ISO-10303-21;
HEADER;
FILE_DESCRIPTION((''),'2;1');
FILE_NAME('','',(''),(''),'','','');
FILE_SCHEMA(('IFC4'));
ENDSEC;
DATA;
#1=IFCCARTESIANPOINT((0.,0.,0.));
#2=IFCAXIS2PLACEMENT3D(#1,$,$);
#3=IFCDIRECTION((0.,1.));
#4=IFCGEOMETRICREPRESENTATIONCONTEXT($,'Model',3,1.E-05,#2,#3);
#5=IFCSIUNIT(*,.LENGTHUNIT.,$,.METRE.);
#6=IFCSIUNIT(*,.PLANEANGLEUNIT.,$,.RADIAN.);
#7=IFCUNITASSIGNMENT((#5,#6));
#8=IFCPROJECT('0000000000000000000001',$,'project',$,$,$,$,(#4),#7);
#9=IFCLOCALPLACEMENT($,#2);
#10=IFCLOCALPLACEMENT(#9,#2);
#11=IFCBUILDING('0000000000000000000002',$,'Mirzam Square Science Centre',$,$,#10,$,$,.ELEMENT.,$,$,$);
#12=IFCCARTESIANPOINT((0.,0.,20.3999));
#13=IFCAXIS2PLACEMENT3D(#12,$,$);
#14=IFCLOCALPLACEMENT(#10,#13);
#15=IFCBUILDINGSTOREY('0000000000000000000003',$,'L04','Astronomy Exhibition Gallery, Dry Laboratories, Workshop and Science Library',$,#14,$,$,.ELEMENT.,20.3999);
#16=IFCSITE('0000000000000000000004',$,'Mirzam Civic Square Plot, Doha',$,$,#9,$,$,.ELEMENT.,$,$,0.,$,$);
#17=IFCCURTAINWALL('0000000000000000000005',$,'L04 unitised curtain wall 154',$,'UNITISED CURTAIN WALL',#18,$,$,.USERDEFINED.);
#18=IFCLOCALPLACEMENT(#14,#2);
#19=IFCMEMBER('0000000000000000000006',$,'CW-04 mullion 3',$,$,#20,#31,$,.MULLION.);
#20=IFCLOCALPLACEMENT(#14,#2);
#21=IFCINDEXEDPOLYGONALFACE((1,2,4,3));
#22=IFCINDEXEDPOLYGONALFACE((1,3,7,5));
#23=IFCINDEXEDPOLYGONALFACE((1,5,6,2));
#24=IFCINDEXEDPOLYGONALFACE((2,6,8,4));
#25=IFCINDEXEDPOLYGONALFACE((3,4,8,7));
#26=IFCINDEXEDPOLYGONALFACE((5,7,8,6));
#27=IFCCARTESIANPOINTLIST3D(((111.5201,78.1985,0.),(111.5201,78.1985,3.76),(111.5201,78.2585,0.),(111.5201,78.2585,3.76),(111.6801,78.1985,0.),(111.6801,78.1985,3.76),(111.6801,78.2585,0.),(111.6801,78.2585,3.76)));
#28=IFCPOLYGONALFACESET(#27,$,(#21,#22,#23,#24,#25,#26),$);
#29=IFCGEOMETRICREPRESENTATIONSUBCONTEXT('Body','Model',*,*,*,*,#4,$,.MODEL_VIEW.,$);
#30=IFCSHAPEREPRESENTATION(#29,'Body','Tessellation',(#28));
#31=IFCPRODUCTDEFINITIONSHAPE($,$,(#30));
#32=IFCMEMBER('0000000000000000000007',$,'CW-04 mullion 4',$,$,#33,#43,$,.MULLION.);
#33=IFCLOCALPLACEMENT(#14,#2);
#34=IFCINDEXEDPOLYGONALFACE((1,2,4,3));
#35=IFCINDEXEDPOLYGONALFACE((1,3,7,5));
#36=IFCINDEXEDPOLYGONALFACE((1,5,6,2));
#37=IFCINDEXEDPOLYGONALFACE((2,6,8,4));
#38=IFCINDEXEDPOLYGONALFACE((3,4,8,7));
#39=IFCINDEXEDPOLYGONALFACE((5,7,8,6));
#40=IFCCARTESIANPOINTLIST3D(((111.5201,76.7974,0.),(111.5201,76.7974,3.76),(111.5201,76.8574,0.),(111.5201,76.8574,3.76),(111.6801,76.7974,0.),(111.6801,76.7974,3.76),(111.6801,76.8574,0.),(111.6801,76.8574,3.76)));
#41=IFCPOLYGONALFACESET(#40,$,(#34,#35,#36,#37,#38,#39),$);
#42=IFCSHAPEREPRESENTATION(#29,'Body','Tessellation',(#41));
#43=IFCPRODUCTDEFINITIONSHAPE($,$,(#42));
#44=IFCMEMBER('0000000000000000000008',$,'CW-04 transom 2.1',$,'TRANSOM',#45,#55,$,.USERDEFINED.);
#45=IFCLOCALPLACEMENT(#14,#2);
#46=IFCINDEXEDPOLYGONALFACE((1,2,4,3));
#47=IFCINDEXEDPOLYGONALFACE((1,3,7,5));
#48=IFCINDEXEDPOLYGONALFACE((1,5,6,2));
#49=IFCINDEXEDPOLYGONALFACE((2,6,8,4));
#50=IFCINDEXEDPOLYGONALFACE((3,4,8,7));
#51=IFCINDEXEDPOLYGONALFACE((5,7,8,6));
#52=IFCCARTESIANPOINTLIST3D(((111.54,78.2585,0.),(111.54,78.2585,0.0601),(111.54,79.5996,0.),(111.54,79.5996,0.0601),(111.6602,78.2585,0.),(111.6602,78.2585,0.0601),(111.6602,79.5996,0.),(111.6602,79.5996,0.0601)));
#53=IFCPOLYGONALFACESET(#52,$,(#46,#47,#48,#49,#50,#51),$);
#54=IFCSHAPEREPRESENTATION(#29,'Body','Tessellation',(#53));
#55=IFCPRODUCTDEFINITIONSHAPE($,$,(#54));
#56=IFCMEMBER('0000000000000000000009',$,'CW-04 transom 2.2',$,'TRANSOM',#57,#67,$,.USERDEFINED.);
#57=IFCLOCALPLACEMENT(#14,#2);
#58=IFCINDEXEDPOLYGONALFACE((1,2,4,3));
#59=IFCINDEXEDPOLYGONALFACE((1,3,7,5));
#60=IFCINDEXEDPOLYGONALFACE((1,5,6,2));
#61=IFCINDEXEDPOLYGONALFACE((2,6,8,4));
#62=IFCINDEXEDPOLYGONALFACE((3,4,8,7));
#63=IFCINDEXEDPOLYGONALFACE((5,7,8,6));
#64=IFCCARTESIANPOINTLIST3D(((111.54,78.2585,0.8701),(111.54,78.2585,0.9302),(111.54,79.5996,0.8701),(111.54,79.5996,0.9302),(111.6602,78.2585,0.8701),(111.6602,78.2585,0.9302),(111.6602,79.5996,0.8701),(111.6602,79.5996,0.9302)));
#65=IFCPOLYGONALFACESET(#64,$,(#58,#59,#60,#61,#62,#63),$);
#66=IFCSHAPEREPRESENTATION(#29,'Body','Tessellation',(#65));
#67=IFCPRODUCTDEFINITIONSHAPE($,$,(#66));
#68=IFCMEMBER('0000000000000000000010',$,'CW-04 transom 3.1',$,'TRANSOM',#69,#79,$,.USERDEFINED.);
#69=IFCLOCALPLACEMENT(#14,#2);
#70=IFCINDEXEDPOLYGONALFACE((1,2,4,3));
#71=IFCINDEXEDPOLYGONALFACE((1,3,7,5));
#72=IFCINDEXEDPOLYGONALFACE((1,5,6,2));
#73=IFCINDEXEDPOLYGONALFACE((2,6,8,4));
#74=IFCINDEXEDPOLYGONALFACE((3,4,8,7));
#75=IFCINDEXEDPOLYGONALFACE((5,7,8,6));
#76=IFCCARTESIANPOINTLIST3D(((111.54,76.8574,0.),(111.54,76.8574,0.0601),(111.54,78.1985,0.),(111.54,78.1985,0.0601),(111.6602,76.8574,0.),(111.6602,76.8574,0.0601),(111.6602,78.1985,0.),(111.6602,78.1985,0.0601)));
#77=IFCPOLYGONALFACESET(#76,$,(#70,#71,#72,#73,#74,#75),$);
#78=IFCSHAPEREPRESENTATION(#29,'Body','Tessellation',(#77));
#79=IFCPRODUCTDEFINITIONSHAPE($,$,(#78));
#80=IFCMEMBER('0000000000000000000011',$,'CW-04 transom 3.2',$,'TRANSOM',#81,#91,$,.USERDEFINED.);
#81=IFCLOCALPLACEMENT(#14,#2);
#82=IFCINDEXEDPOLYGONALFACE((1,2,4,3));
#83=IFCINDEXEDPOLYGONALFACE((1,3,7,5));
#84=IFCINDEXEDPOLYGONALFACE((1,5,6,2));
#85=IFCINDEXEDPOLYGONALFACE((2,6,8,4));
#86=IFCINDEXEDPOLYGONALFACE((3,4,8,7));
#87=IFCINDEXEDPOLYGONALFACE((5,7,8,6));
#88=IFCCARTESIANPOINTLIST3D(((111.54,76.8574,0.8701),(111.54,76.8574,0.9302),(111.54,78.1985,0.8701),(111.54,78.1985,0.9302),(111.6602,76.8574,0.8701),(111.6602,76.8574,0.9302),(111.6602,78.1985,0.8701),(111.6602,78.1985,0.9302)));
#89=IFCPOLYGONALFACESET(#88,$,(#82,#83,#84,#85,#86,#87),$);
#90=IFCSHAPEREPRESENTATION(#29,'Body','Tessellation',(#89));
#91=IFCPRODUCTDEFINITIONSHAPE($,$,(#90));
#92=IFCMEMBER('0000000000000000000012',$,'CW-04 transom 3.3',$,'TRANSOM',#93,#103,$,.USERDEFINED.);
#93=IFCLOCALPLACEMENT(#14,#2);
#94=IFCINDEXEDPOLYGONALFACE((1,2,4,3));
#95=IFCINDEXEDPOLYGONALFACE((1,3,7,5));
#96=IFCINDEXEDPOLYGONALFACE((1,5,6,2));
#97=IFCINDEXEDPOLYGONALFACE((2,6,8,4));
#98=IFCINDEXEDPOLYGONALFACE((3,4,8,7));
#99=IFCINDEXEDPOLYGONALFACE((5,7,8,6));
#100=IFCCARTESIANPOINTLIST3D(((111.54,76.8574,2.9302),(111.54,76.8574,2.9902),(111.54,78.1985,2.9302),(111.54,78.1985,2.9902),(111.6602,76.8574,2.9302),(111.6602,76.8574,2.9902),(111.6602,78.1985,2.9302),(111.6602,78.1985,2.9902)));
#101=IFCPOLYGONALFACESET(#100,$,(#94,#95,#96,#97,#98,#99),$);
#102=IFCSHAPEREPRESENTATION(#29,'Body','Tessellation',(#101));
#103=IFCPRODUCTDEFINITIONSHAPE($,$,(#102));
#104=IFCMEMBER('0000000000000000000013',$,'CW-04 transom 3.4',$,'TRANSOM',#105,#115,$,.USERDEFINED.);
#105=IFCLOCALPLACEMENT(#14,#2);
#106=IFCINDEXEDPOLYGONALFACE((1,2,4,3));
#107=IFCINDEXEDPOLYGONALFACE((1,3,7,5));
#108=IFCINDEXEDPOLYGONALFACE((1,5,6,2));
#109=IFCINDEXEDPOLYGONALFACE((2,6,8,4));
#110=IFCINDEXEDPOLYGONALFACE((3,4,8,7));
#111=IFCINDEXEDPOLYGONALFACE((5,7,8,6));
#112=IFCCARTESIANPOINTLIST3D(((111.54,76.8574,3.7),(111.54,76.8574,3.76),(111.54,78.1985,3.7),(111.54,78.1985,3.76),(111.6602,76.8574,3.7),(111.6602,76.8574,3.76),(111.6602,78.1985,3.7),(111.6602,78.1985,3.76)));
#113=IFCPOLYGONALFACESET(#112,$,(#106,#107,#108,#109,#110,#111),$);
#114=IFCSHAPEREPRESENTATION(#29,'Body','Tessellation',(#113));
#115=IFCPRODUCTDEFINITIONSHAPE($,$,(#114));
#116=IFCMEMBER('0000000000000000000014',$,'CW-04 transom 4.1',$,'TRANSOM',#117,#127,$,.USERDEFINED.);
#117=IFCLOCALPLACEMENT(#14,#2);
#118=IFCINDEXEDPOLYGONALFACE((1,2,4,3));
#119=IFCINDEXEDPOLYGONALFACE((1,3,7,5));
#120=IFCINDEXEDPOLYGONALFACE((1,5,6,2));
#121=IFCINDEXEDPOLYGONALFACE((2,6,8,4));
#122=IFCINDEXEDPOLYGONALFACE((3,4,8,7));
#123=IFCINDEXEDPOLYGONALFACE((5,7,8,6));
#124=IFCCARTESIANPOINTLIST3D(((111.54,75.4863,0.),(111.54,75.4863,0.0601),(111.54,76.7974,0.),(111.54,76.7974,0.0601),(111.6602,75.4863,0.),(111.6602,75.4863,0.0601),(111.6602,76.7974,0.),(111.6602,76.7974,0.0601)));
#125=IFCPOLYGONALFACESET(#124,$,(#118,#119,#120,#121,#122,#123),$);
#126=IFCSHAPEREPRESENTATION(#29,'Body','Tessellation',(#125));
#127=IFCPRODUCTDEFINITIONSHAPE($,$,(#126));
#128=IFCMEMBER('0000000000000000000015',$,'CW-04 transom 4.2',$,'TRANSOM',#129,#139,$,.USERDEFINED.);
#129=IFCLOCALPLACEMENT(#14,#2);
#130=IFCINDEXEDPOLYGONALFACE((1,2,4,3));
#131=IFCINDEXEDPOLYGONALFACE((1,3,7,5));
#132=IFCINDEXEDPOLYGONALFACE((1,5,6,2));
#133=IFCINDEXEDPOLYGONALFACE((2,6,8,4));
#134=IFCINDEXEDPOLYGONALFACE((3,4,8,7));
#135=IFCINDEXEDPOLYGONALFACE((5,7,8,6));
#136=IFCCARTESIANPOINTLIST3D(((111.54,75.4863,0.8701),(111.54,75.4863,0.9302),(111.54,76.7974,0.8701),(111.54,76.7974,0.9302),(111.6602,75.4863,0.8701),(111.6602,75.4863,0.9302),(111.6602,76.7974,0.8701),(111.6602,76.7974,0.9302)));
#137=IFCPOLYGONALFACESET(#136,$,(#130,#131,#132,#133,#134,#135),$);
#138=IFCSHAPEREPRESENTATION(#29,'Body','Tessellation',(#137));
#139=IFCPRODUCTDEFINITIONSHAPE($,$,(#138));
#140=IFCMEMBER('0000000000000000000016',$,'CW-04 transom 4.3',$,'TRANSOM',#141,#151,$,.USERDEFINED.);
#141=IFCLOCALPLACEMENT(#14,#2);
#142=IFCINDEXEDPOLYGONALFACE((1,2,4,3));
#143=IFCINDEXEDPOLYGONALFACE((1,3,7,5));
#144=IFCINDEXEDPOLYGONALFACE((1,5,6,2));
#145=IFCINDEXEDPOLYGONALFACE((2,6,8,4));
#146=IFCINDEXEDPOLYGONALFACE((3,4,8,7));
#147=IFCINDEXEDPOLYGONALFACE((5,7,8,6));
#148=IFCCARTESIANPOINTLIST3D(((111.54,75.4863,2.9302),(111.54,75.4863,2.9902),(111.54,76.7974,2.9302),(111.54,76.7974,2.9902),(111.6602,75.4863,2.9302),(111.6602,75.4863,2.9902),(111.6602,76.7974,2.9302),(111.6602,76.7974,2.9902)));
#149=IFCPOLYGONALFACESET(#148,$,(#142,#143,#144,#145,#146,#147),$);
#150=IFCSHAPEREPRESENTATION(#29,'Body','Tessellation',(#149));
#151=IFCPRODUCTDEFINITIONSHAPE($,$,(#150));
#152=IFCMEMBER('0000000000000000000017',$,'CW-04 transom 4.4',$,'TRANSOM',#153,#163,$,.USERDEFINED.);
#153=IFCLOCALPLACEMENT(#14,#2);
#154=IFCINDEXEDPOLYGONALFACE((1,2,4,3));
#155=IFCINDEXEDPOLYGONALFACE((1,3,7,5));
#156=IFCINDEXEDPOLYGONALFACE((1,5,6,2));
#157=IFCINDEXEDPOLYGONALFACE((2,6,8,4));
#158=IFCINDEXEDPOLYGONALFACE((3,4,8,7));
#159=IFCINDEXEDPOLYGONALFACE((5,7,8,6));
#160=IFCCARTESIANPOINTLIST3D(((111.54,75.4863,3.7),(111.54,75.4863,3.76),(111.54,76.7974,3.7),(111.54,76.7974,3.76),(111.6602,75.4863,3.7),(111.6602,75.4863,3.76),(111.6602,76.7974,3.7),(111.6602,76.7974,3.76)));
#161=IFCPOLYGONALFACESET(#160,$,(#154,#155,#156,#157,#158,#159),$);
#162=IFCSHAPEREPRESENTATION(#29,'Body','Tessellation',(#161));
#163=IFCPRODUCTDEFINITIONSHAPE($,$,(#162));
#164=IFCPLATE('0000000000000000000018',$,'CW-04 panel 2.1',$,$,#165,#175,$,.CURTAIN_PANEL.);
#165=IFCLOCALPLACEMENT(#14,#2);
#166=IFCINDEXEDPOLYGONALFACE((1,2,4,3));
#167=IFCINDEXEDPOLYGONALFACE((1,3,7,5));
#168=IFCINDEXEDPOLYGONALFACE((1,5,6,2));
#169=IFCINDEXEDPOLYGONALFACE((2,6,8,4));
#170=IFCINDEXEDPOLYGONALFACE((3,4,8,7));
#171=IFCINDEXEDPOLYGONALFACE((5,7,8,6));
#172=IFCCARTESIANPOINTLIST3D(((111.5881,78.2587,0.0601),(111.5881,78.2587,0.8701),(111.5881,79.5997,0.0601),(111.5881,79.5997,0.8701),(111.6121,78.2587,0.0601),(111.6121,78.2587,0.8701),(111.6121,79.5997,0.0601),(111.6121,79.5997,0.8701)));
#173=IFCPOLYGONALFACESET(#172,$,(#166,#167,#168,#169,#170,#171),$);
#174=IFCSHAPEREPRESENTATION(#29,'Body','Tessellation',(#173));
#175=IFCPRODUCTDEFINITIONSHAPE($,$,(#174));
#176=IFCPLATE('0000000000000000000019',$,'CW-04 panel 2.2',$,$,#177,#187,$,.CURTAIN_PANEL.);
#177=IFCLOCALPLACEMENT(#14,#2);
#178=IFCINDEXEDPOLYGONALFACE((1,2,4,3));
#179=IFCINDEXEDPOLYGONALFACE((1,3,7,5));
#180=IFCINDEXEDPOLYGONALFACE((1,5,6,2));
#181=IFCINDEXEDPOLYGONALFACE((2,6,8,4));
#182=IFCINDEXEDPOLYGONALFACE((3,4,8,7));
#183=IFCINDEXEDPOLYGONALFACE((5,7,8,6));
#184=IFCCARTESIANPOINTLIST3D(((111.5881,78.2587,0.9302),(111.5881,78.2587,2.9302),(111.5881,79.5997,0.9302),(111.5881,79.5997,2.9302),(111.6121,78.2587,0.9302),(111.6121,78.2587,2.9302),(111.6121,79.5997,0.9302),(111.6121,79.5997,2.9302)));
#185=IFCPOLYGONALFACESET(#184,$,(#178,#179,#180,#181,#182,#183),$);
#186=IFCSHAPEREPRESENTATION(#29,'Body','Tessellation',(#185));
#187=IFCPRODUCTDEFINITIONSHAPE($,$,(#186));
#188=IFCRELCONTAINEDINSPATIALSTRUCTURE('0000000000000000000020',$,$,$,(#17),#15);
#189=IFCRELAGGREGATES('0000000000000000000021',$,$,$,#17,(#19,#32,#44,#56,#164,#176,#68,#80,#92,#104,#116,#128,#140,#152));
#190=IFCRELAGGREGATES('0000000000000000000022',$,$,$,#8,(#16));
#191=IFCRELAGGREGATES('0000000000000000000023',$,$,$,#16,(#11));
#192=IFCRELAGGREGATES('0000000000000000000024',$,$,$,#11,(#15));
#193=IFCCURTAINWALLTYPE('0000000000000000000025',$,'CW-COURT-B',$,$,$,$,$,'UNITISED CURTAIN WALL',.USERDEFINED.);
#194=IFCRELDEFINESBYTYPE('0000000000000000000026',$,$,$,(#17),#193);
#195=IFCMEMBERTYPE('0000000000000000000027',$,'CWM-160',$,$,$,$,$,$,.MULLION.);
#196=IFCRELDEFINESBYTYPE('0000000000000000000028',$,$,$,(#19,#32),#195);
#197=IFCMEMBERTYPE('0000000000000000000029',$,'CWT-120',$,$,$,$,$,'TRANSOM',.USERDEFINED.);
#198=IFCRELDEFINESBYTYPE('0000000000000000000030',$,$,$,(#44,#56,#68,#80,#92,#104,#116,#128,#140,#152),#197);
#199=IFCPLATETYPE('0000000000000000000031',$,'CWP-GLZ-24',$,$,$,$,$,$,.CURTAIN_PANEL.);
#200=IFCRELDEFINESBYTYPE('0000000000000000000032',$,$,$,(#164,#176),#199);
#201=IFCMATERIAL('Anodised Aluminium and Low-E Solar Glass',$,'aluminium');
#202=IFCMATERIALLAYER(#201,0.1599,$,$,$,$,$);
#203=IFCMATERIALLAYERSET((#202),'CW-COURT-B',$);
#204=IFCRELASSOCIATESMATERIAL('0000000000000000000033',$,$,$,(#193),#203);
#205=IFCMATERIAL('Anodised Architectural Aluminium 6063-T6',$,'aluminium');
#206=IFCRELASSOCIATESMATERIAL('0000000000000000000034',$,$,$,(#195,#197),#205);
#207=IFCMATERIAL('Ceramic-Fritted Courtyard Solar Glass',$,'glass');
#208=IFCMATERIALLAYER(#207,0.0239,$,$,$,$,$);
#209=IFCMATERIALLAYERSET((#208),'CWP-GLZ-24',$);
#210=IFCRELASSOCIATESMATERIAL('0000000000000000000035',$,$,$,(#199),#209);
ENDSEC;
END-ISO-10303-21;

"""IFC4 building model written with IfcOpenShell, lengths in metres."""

from ifc_helpers import new_model, si_unit, direction, frame, origin, origin_2d, place, context, subcontext, project, spatial, rectangle, extrude, material, layer, layer_set, material_profile, profile_set, type_object, element, aggregate, save


model = new_model("IFC4")

# Units and contexts
model_context = context("Model", 3, precision=1e-05, world=origin(), true_north=direction((0.0, 1.0)))
body_context = subcontext(model_context, "Body", "Model", "MODEL_VIEW")
ifc_project = project(units=[si_unit("LENGTHUNIT", "METRE"), si_unit("PLANEANGLEUNIT", "RADIAN")], contexts=[model_context])

# Site, building, storey
site_placement = place(None, origin())
site = spatial("IfcSite", under=ifc_project, at=site_placement, Name="Mirzam Civic Square Plot, Doha", CompositionType="ELEMENT", RefElevation=0.0)
building_placement = place(site_placement, origin())
building = spatial("IfcBuilding", under=site, at=building_placement, Name="Mirzam Square Science Centre", CompositionType="ELEMENT")
storey_placement = place(building_placement, frame((0.0, 0.0, 20.3999)))
storey = spatial("IfcBuildingStorey", under=building, at=storey_placement, Name="L04", Description="Astronomy Exhibition Gallery, Dry Laboratories, Workshop and Science Library", CompositionType="ELEMENT", Elevation=20.3999)

# Curtain wall, members, plates
ifc_material_1 = material(Name="Anodised Aluminium and Low-E Solar Glass", Category="aluminium")
ifc_layer_1 = layer(ifc_material_1, 0.1599)
ifc_layer_set_1 = layer_set([ifc_layer_1], Name="CW-COURT-B")
curtain_wall_type = type_object("IfcCurtainWallType", Name="CW-COURT-B", ElementType="UNITISED CURTAIN WALL", PredefinedType="USERDEFINED", material=ifc_layer_set_1)
curtain_wall_placement = place(storey_placement, origin())
curtain_wall = element("IfcCurtainWall", 1, at=curtain_wall_placement, inside=storey, type_object=curtain_wall_type, Name="L04 unitised curtain wall 154", ObjectType="UNITISED CURTAIN WALL", PredefinedType="USERDEFINED")
ifc_material_2 = material(Name="Anodised Architectural Aluminium 6063-T6", Category="aluminium")
ifc_material_profile_1 = material_profile(ifc_material_2, rectangle(XDim=0.0601, YDim=0.1599, at=origin_2d()), Name="ALU-MULL-160x60x4")
ifc_profile_set_1 = profile_set([ifc_material_profile_1], Name="Anodised Architectural Aluminium 6063-T6")
member_type_1 = type_object("IfcMemberType", Name="CWM-160", PredefinedType="MULLION", material=ifc_profile_set_1)
member_1_placement = place(storey_placement, frame((111.6001, 78.2285, 0.0), z_axis=(0.0, 0.0, 1.0), x_axis=(0.0, -1.0, 0.0)))
member_1 = element("IfcMember", 2, at=member_1_placement, type_object=member_type_1, Name="CW-04 mullion 3", PredefinedType="MULLION", context=body_context, shape_type="SweptSolid", body=[
    extrude(rectangle(XDim=0.0601, YDim=0.1599, at=origin_2d()), origin(), (0.0, 0.0, 1.0), 3.76),
])
member_2_placement = place(storey_placement, frame((111.6001, 76.8274, 0.0), z_axis=(0.0, 0.0, 1.0), x_axis=(0.0, -1.0, 0.0)))
member_2 = element("IfcMember", 3, at=member_2_placement, type_object=member_type_1, Name="CW-04 mullion 4", PredefinedType="MULLION", context=body_context, shape_type="SweptSolid", body=[
    extrude(rectangle(XDim=0.0601, YDim=0.1599, at=origin_2d()), origin(), (0.0, 0.0, 1.0), 3.76),
])
ifc_material_profile_2 = material_profile(ifc_material_2, rectangle(XDim=0.1201, YDim=0.0601, at=origin_2d()), Name="ALU-TRAN-120x60x4")
ifc_profile_set_2 = profile_set([ifc_material_profile_2], Name="Anodised Architectural Aluminium 6063-T6")
member_type_2 = type_object("IfcMemberType", Name="CWT-120", ElementType="TRANSOM", PredefinedType="USERDEFINED", material=ifc_profile_set_2)
member_3_placement = place(storey_placement, frame((111.6001, 79.5996, 0.03), z_axis=(0.0, -1.0, 0.0), x_axis=(1.0, 0.0, 0.0)))
member_3 = element("IfcMember", 4, at=member_3_placement, type_object=member_type_2, Name="CW-04 transom 2.1", ObjectType="TRANSOM", PredefinedType="USERDEFINED", context=body_context, shape_type="SweptSolid", body=[
    extrude(rectangle(XDim=0.1201, YDim=0.0601, at=origin_2d()), origin(), (0.0, 0.0, 1.0), 1.3411),
])
member_4_placement = place(storey_placement, frame((111.6001, 79.5996, 0.9001), z_axis=(0.0, -1.0, 0.0), x_axis=(1.0, 0.0, 0.0)))
member_4 = element("IfcMember", 5, at=member_4_placement, type_object=member_type_2, Name="CW-04 transom 2.2", ObjectType="TRANSOM", PredefinedType="USERDEFINED", context=body_context, shape_type="SweptSolid", body=[
    extrude(rectangle(XDim=0.1201, YDim=0.0601, at=origin_2d()), origin(), (0.0, 0.0, 1.0), 1.3411),
])
member_5_placement = place(storey_placement, frame((111.6001, 78.1985, 0.03), z_axis=(0.0, -1.0, 0.0), x_axis=(1.0, 0.0, 0.0)))
member_5 = element("IfcMember", 6, at=member_5_placement, type_object=member_type_2, Name="CW-04 transom 3.1", ObjectType="TRANSOM", PredefinedType="USERDEFINED", context=body_context, shape_type="SweptSolid", body=[
    extrude(rectangle(XDim=0.1201, YDim=0.0601, at=origin_2d()), origin(), (0.0, 0.0, 1.0), 1.3411),
])
member_6_placement = place(storey_placement, frame((111.6001, 78.1985, 0.9001), z_axis=(0.0, -1.0, 0.0), x_axis=(1.0, 0.0, 0.0)))
member_6 = element("IfcMember", 7, at=member_6_placement, type_object=member_type_2, Name="CW-04 transom 3.2", ObjectType="TRANSOM", PredefinedType="USERDEFINED", context=body_context, shape_type="SweptSolid", body=[
    extrude(rectangle(XDim=0.1201, YDim=0.0601, at=origin_2d()), origin(), (0.0, 0.0, 1.0), 1.3411),
])
member_7_placement = place(storey_placement, frame((111.6001, 78.1985, 2.9602), z_axis=(0.0, -1.0, 0.0), x_axis=(1.0, 0.0, 0.0)))
member_7 = element("IfcMember", 8, at=member_7_placement, type_object=member_type_2, Name="CW-04 transom 3.3", ObjectType="TRANSOM", PredefinedType="USERDEFINED", context=body_context, shape_type="SweptSolid", body=[
    extrude(rectangle(XDim=0.1201, YDim=0.0601, at=origin_2d()), origin(), (0.0, 0.0, 1.0), 1.3411),
])
member_8_placement = place(storey_placement, frame((111.6001, 78.1985, 3.73), z_axis=(0.0, -1.0, 0.0), x_axis=(1.0, 0.0, 0.0)))
member_8 = element("IfcMember", 9, at=member_8_placement, type_object=member_type_2, Name="CW-04 transom 3.4", ObjectType="TRANSOM", PredefinedType="USERDEFINED", context=body_context, shape_type="SweptSolid", body=[
    extrude(rectangle(XDim=0.1201, YDim=0.0601, at=origin_2d()), origin(), (0.0, 0.0, 1.0), 1.3411),
])
member_9_placement = place(storey_placement, frame((111.6001, 76.7974, 0.03), z_axis=(0.0, -1.0, 0.0), x_axis=(1.0, 0.0, 0.0)))
member_9 = element("IfcMember", 10, at=member_9_placement, type_object=member_type_2, Name="CW-04 transom 4.1", ObjectType="TRANSOM", PredefinedType="USERDEFINED", context=body_context, shape_type="SweptSolid", body=[
    extrude(rectangle(XDim=0.1201, YDim=0.0601, at=origin_2d()), origin(), (0.0, 0.0, 1.0), 1.311),
])
member_10_placement = place(storey_placement, frame((111.6001, 76.7974, 0.9001), z_axis=(0.0, -1.0, 0.0), x_axis=(1.0, 0.0, 0.0)))
member_10 = element("IfcMember", 11, at=member_10_placement, type_object=member_type_2, Name="CW-04 transom 4.2", ObjectType="TRANSOM", PredefinedType="USERDEFINED", context=body_context, shape_type="SweptSolid", body=[
    extrude(rectangle(XDim=0.1201, YDim=0.0601, at=origin_2d()), origin(), (0.0, 0.0, 1.0), 1.311),
])
member_11_placement = place(storey_placement, frame((111.6001, 76.7974, 2.9602), z_axis=(0.0, -1.0, 0.0), x_axis=(1.0, 0.0, 0.0)))
member_11 = element("IfcMember", 12, at=member_11_placement, type_object=member_type_2, Name="CW-04 transom 4.3", ObjectType="TRANSOM", PredefinedType="USERDEFINED", context=body_context, shape_type="SweptSolid", body=[
    extrude(rectangle(XDim=0.1201, YDim=0.0601, at=origin_2d()), origin(), (0.0, 0.0, 1.0), 1.311),
])
member_12_placement = place(storey_placement, frame((111.6001, 76.7974, 3.73), z_axis=(0.0, -1.0, 0.0), x_axis=(1.0, 0.0, 0.0)))
member_12 = element("IfcMember", 13, at=member_12_placement, type_object=member_type_2, Name="CW-04 transom 4.4", ObjectType="TRANSOM", PredefinedType="USERDEFINED", context=body_context, shape_type="SweptSolid", body=[
    extrude(rectangle(XDim=0.1201, YDim=0.0601, at=origin_2d()), origin(), (0.0, 0.0, 1.0), 1.311),
])
ifc_material_3 = material(Name="Ceramic-Fritted Courtyard Solar Glass", Category="glass")
ifc_layer_2 = layer(ifc_material_3, 0.0239)
ifc_layer_set_2 = layer_set([ifc_layer_2], Name="CWP-GLZ-24")
plate_type = type_object("IfcPlateType", Name="CWP-GLZ-24", PredefinedType="CURTAIN_PANEL", material=ifc_layer_set_2)
plate_1_placement = place(storey_placement, frame((111.6001, 78.9292, 0.0601), z_axis=(0.0, 0.0, 1.0), x_axis=(0.0, -1.0, 0.0)))
plate_1 = element("IfcPlate", 14, at=plate_1_placement, type_object=plate_type, Name="CW-04 panel 2.1", PredefinedType="CURTAIN_PANEL", context=body_context, shape_type="SweptSolid", body=[
    extrude(rectangle(XDim=1.3411, YDim=0.0239, at=origin_2d()), origin(), (0.0, 0.0, 1.0), 0.8101),
])
plate_2_placement = place(storey_placement, frame((111.6001, 78.9292, 0.9302), z_axis=(0.0, 0.0, 1.0), x_axis=(0.0, -1.0, 0.0)))
plate_2 = element("IfcPlate", 15, at=plate_2_placement, type_object=plate_type, Name="CW-04 panel 2.2", PredefinedType="CURTAIN_PANEL", context=body_context, shape_type="SweptSolid", body=[
    extrude(rectangle(XDim=1.3411, YDim=0.0239, at=origin_2d()), origin(), (0.0, 0.0, 1.0), 2.0),
])
aggregate(curtain_wall, [member_1, member_2, member_3, member_4, plate_1, plate_2, member_5, member_6, member_7, member_8, member_9, member_10, member_11, member_12])

save(model, "model.ifc")
